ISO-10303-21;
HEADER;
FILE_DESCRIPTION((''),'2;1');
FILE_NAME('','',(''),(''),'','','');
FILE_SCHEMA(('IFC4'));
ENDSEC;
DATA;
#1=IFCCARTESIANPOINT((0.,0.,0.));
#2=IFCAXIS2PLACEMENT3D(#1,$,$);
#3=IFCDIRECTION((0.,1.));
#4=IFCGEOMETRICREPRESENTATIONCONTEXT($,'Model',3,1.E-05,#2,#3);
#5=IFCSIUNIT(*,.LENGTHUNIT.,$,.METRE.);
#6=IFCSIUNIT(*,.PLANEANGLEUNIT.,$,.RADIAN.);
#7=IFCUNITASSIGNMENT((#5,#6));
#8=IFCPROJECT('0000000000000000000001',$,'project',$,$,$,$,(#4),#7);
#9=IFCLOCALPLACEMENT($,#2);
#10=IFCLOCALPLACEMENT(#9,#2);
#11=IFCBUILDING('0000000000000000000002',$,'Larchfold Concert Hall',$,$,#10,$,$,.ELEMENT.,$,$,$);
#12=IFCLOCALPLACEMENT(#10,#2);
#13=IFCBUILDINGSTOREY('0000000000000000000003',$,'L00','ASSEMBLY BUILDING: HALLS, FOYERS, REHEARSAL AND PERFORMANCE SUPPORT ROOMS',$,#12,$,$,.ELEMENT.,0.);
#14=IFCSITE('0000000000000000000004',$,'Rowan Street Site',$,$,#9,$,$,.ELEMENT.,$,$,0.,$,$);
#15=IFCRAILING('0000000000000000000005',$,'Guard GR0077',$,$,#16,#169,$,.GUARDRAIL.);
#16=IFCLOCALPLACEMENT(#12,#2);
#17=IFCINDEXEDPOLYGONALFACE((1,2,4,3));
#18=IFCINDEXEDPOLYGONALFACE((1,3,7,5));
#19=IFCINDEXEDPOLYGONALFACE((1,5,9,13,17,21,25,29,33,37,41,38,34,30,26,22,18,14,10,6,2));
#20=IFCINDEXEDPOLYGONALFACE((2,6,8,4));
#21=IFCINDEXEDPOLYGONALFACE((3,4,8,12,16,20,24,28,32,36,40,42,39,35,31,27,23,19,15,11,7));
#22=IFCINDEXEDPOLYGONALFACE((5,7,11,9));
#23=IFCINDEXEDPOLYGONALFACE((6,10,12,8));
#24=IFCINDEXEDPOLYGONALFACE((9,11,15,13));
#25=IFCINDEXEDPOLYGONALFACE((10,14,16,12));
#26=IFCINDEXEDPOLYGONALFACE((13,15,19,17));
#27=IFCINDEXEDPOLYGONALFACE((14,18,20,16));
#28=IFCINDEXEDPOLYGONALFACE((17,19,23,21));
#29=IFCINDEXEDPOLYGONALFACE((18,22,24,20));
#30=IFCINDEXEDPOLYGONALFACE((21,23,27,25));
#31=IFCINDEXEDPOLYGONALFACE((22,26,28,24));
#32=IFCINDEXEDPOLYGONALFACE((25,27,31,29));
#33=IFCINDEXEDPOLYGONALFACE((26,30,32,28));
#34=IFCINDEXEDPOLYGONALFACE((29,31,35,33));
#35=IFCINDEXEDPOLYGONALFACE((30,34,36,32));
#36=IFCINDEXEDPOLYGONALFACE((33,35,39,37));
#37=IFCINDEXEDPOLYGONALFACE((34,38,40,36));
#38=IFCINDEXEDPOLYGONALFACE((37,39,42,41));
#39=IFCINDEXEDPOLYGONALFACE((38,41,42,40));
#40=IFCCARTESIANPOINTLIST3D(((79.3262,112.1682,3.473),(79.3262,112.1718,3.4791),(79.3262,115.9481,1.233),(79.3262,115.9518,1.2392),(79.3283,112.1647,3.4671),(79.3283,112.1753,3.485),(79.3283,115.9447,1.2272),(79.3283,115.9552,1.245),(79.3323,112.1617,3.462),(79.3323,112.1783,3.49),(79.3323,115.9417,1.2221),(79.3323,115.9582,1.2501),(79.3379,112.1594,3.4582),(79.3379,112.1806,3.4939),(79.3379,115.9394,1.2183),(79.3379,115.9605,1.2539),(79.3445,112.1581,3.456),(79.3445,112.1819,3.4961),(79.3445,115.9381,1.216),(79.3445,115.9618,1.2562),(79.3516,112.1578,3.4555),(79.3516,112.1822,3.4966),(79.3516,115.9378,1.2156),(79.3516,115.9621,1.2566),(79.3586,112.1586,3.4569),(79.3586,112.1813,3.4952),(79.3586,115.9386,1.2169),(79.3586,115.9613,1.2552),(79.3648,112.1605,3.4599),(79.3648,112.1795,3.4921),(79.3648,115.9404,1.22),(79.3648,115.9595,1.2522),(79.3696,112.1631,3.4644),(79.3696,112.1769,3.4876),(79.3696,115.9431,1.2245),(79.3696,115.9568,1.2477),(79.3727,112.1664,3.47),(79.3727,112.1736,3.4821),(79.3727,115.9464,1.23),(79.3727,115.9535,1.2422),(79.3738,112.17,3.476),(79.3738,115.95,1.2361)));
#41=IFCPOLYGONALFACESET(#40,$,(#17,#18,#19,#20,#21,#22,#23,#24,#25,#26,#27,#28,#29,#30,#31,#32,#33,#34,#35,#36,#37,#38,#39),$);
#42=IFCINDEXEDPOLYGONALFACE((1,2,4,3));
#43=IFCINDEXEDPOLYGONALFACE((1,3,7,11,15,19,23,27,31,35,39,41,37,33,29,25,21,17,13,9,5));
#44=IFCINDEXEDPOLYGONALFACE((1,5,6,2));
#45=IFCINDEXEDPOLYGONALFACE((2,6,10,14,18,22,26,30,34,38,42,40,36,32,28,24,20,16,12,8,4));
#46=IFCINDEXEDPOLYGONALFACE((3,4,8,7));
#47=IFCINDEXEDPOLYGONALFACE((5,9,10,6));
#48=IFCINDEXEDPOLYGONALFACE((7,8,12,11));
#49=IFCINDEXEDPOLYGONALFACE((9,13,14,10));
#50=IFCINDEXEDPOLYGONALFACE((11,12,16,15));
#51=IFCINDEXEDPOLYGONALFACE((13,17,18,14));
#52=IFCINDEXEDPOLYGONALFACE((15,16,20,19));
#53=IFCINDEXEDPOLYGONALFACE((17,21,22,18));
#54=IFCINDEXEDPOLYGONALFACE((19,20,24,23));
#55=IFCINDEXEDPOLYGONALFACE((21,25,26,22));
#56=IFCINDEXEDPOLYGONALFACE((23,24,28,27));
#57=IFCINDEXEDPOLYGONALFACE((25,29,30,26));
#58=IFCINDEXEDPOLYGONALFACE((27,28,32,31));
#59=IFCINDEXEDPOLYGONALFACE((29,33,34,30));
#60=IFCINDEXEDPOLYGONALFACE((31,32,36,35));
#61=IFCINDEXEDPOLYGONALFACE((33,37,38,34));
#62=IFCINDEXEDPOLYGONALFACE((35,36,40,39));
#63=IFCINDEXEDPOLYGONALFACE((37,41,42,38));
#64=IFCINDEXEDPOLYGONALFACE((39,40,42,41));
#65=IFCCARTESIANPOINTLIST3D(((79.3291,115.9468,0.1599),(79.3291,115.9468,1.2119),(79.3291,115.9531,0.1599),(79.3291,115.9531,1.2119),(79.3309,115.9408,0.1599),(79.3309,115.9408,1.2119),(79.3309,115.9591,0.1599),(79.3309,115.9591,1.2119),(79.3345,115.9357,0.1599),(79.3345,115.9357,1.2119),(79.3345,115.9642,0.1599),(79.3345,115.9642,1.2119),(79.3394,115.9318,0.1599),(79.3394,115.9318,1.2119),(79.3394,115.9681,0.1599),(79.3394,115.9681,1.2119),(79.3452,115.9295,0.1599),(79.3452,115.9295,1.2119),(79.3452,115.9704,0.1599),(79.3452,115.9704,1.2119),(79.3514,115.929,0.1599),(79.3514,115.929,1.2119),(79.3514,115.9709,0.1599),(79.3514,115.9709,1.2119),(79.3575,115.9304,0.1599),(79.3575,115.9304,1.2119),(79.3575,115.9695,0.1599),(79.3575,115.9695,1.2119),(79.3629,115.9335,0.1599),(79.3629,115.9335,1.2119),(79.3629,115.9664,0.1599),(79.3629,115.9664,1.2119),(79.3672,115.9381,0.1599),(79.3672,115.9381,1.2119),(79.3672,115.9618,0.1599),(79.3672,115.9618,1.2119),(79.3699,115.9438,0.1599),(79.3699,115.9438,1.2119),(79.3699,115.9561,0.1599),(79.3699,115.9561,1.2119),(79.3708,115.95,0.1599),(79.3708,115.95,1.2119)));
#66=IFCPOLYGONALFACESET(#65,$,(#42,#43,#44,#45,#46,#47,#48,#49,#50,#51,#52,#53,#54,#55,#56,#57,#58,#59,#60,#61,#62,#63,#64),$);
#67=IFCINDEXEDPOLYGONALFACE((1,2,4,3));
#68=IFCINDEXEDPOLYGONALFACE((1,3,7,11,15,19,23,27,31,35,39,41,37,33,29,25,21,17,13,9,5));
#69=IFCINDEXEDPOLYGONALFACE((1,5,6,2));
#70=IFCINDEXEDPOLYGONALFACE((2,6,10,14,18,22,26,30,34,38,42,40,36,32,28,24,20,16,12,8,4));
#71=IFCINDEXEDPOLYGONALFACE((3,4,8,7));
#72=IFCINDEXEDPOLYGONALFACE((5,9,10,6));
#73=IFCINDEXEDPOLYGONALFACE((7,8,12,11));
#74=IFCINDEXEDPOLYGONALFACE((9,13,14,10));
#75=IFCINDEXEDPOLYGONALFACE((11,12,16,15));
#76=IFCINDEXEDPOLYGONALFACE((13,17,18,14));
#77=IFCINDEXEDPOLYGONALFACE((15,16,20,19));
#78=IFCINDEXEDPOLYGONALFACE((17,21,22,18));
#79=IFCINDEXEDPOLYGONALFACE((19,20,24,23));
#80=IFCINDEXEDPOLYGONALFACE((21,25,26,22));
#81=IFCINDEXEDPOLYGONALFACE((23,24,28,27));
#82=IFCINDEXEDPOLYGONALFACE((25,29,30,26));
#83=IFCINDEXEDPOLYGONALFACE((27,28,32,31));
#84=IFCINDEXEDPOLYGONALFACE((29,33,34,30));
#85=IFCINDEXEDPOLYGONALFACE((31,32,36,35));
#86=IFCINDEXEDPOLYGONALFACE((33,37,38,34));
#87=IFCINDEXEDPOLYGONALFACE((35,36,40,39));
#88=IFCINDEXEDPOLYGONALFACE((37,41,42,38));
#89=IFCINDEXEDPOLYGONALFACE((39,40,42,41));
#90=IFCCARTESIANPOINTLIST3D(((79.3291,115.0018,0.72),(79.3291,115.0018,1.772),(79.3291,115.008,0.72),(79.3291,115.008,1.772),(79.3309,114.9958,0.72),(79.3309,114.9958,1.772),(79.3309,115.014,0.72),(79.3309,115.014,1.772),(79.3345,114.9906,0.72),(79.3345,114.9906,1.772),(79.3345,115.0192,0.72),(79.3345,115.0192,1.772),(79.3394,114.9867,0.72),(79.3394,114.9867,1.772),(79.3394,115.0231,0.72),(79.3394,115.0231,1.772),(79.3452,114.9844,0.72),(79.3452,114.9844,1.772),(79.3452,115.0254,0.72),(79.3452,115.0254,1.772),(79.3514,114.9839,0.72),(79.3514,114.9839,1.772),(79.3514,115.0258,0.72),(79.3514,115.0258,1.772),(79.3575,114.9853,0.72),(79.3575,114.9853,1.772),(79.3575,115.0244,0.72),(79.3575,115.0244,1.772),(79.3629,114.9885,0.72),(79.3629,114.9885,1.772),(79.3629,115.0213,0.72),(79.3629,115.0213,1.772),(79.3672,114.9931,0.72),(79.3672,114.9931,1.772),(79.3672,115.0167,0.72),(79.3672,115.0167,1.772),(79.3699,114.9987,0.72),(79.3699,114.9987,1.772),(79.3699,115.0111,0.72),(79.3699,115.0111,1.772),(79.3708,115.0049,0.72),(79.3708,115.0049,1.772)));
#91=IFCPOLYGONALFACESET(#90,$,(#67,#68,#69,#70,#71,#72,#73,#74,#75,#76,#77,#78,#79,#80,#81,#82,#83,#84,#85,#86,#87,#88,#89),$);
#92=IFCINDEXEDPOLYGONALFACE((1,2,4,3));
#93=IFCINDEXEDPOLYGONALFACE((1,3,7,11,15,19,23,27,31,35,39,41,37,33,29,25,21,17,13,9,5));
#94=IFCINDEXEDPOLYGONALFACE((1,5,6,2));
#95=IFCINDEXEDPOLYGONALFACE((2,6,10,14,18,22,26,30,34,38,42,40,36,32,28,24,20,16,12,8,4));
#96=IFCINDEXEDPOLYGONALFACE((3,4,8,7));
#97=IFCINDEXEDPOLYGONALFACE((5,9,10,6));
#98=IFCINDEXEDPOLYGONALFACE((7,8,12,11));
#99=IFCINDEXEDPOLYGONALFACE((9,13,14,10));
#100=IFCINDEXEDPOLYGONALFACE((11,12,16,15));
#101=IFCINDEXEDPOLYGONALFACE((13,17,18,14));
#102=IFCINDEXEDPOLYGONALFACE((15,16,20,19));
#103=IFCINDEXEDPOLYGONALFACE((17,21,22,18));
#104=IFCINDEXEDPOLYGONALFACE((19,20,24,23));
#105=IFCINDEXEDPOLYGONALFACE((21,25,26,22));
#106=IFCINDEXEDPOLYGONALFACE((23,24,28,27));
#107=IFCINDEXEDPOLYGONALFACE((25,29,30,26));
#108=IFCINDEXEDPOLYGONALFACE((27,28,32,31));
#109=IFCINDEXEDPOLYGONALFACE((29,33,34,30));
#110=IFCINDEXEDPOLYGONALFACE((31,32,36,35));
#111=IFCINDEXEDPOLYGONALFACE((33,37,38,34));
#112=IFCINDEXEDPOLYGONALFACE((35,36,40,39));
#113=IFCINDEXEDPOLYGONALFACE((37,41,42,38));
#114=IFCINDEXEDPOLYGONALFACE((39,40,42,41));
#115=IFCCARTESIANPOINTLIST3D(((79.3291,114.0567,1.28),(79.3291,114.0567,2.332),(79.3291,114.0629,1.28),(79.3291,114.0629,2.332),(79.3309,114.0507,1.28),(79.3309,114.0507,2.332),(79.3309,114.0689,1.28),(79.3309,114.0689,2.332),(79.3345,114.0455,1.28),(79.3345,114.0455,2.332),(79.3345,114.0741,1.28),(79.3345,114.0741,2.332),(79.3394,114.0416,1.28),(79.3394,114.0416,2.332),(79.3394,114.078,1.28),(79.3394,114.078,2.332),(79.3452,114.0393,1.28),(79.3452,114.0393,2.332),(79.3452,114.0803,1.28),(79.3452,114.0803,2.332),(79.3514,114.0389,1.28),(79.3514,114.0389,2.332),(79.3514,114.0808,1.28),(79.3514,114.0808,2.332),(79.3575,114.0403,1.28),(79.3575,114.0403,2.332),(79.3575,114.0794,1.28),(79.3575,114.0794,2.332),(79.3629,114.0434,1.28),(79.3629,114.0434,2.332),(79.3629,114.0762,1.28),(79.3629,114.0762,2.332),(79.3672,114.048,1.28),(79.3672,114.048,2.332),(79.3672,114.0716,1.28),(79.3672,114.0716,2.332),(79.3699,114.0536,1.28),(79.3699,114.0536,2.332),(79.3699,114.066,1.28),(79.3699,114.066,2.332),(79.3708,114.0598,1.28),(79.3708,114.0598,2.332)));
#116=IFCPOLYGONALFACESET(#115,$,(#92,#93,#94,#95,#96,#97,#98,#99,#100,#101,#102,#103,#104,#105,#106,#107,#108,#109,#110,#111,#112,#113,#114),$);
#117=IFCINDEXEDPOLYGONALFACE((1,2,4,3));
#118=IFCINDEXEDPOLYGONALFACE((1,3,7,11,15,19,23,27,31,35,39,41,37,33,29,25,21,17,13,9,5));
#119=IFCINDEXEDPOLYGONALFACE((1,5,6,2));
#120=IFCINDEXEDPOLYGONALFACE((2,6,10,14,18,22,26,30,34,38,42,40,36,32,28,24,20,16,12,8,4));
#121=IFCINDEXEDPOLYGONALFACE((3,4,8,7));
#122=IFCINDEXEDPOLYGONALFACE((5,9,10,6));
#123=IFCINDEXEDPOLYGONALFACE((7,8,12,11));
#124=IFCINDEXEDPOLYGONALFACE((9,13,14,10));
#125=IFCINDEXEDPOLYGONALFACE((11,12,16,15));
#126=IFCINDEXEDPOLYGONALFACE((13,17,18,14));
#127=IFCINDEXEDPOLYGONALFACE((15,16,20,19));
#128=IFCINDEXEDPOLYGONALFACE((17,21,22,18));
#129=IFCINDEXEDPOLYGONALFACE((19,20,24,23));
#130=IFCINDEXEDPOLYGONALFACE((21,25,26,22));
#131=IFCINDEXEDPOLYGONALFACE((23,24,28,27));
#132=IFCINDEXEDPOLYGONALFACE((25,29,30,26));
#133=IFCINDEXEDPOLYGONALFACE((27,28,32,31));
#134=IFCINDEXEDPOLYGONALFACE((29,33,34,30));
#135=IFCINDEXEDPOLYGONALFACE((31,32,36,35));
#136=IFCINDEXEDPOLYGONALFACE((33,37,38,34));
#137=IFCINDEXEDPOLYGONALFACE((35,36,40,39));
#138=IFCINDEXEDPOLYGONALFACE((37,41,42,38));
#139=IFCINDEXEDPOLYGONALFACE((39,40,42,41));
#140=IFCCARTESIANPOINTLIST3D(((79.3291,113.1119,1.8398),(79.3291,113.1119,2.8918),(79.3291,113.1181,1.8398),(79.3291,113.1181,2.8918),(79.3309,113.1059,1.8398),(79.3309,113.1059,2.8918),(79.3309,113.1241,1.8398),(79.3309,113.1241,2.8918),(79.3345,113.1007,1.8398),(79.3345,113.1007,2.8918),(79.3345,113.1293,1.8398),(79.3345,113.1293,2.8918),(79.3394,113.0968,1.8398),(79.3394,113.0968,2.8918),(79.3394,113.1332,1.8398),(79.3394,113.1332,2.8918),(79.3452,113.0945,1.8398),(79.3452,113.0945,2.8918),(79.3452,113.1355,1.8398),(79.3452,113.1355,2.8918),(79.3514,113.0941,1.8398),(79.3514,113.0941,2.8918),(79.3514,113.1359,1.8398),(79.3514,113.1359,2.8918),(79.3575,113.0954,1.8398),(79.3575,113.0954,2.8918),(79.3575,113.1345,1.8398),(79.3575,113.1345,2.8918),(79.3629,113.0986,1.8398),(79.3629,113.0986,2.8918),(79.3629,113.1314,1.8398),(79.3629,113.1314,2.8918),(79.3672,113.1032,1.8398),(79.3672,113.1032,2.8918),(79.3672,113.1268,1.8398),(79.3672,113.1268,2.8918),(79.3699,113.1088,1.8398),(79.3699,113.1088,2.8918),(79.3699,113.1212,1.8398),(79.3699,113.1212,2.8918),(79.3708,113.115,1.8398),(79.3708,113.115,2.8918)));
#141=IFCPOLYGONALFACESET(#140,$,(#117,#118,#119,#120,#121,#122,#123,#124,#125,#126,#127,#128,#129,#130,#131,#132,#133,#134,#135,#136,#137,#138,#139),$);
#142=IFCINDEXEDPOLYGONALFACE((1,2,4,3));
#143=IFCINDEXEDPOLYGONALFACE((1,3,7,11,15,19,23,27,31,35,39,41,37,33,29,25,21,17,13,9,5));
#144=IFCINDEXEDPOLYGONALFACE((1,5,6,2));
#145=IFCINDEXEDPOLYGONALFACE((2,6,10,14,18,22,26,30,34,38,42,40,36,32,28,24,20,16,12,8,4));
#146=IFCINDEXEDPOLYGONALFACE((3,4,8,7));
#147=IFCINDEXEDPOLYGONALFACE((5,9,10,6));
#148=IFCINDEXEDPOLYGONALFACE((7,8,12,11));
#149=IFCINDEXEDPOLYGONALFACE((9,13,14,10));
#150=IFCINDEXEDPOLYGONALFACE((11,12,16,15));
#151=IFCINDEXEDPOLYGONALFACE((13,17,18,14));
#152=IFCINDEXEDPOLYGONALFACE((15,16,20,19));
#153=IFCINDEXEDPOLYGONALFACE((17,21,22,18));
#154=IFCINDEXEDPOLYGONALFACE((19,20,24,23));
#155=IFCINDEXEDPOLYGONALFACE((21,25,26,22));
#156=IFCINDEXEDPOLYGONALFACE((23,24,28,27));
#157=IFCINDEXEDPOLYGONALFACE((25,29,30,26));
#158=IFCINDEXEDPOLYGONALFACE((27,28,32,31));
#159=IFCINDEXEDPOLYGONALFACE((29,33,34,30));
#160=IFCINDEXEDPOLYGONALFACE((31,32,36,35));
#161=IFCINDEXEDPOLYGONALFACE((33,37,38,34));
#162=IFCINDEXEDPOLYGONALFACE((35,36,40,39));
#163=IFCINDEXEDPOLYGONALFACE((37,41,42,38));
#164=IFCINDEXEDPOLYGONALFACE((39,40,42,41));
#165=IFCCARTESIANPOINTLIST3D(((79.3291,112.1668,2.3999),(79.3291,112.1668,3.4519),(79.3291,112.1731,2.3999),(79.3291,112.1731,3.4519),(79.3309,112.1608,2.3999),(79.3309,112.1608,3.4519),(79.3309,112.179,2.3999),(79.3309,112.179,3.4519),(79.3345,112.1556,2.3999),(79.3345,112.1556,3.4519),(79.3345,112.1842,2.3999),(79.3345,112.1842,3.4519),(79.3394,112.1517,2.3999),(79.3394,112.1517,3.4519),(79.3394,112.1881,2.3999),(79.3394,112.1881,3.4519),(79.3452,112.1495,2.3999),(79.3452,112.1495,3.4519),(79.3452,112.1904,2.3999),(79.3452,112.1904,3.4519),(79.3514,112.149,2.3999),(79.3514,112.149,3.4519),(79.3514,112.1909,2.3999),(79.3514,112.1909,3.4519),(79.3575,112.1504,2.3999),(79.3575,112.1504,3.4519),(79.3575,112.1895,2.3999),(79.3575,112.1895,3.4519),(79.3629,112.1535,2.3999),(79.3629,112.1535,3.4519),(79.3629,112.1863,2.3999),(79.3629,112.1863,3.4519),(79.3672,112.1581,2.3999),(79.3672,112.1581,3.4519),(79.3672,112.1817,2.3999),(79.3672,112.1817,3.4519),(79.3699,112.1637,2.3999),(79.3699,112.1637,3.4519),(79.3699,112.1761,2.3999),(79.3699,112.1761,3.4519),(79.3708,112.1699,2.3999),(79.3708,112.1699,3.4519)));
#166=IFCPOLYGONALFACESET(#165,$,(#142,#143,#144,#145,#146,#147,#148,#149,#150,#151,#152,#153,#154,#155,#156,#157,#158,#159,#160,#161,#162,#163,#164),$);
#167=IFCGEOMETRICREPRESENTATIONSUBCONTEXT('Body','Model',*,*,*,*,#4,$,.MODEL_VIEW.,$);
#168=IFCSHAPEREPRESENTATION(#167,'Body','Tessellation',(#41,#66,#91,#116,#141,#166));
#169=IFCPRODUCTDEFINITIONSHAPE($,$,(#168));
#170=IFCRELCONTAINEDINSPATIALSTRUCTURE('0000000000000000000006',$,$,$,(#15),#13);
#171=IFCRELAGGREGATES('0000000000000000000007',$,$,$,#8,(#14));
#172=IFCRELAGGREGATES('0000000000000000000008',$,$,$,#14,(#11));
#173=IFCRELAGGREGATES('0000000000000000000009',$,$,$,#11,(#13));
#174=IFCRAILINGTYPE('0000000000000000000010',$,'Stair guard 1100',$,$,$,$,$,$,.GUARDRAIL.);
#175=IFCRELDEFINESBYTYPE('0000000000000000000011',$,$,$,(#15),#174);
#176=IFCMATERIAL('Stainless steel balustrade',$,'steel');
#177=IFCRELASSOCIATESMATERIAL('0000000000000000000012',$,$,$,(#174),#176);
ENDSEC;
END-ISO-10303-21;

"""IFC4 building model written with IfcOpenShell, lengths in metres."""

from ifc_helpers import new_model, si_unit, direction, frame, origin, origin_2d, place, context, subcontext, project, spatial, circle, extrude, material, type_object, element, save


model = new_model("IFC4")

# Units and contexts
model_context = context("Model", 3, precision=1e-05, world=origin(), true_north=direction((0.0, 1.0)))
body_context = subcontext(model_context, "Body", "Model", "MODEL_VIEW")
ifc_project = project(units=[si_unit("LENGTHUNIT", "METRE"), si_unit("PLANEANGLEUNIT", "RADIAN")], contexts=[model_context])

# Site, building, storey
site_placement = place(None, origin())
site = spatial("IfcSite", under=ifc_project, at=site_placement, Name="Rowan Street Site", CompositionType="ELEMENT", RefElevation=0.0)
building_placement = place(site_placement, origin())
building = spatial("IfcBuilding", under=site, at=building_placement, Name="Larchfold Concert Hall", CompositionType="ELEMENT")
storey_placement = place(building_placement, origin())
storey = spatial("IfcBuildingStorey", under=building, at=storey_placement, Name="L00", Description="ASSEMBLY BUILDING: HALLS, FOYERS, REHEARSAL AND PERFORMANCE SUPPORT ROOMS", CompositionType="ELEMENT", Elevation=0.0)

# Railing
ifc_material_1 = material(Name="Stainless steel balustrade", Category="steel")
railing_type_1 = type_object("IfcRailingType", Name="Stair guard 1100", PredefinedType="GUARDRAIL", material=ifc_material_1)
railing_1_placement = place(storey_placement, frame((79.3499, 115.95, 0.1599)))
element("IfcRailing", 1, at=railing_1_placement, inside=storey, type_object=railing_type_1, Name="Guard GR0077", PredefinedType="GUARDRAIL", context=body_context, shape_type="SweptSolid", body=[
    extrude(circle(Radius=0.0239, at=origin_2d()), frame((0.0, 0.0, 1.0762), z_axis=(0.0, -0.860294, 0.509798), x_axis=(1.0, 0.0, 0.0)), (0.0, 0.0, 1.0), 4.3938),
    extrude(circle(Radius=0.021, at=origin_2d()), origin(), (0.0, 0.0, 1.0), 1.052),
    extrude(circle(Radius=0.021, at=origin_2d()), frame((0.0, -0.9451, 0.5601)), (0.0, 0.0, 1.0), 1.052),
    extrude(circle(Radius=0.021, at=origin_2d()), frame((0.0, -1.8901, 1.1201)), (0.0, 0.0, 1.0), 1.052),
    extrude(circle(Radius=0.021, at=origin_2d()), frame((0.0, -2.835, 1.6799)), (0.0, 0.0, 1.0), 1.052),
    extrude(circle(Radius=0.021, at=origin_2d()), frame((0.0, -3.78, 2.24)), (0.0, 0.0, 1.0), 1.052),
])

save(model, "model.ifc")
